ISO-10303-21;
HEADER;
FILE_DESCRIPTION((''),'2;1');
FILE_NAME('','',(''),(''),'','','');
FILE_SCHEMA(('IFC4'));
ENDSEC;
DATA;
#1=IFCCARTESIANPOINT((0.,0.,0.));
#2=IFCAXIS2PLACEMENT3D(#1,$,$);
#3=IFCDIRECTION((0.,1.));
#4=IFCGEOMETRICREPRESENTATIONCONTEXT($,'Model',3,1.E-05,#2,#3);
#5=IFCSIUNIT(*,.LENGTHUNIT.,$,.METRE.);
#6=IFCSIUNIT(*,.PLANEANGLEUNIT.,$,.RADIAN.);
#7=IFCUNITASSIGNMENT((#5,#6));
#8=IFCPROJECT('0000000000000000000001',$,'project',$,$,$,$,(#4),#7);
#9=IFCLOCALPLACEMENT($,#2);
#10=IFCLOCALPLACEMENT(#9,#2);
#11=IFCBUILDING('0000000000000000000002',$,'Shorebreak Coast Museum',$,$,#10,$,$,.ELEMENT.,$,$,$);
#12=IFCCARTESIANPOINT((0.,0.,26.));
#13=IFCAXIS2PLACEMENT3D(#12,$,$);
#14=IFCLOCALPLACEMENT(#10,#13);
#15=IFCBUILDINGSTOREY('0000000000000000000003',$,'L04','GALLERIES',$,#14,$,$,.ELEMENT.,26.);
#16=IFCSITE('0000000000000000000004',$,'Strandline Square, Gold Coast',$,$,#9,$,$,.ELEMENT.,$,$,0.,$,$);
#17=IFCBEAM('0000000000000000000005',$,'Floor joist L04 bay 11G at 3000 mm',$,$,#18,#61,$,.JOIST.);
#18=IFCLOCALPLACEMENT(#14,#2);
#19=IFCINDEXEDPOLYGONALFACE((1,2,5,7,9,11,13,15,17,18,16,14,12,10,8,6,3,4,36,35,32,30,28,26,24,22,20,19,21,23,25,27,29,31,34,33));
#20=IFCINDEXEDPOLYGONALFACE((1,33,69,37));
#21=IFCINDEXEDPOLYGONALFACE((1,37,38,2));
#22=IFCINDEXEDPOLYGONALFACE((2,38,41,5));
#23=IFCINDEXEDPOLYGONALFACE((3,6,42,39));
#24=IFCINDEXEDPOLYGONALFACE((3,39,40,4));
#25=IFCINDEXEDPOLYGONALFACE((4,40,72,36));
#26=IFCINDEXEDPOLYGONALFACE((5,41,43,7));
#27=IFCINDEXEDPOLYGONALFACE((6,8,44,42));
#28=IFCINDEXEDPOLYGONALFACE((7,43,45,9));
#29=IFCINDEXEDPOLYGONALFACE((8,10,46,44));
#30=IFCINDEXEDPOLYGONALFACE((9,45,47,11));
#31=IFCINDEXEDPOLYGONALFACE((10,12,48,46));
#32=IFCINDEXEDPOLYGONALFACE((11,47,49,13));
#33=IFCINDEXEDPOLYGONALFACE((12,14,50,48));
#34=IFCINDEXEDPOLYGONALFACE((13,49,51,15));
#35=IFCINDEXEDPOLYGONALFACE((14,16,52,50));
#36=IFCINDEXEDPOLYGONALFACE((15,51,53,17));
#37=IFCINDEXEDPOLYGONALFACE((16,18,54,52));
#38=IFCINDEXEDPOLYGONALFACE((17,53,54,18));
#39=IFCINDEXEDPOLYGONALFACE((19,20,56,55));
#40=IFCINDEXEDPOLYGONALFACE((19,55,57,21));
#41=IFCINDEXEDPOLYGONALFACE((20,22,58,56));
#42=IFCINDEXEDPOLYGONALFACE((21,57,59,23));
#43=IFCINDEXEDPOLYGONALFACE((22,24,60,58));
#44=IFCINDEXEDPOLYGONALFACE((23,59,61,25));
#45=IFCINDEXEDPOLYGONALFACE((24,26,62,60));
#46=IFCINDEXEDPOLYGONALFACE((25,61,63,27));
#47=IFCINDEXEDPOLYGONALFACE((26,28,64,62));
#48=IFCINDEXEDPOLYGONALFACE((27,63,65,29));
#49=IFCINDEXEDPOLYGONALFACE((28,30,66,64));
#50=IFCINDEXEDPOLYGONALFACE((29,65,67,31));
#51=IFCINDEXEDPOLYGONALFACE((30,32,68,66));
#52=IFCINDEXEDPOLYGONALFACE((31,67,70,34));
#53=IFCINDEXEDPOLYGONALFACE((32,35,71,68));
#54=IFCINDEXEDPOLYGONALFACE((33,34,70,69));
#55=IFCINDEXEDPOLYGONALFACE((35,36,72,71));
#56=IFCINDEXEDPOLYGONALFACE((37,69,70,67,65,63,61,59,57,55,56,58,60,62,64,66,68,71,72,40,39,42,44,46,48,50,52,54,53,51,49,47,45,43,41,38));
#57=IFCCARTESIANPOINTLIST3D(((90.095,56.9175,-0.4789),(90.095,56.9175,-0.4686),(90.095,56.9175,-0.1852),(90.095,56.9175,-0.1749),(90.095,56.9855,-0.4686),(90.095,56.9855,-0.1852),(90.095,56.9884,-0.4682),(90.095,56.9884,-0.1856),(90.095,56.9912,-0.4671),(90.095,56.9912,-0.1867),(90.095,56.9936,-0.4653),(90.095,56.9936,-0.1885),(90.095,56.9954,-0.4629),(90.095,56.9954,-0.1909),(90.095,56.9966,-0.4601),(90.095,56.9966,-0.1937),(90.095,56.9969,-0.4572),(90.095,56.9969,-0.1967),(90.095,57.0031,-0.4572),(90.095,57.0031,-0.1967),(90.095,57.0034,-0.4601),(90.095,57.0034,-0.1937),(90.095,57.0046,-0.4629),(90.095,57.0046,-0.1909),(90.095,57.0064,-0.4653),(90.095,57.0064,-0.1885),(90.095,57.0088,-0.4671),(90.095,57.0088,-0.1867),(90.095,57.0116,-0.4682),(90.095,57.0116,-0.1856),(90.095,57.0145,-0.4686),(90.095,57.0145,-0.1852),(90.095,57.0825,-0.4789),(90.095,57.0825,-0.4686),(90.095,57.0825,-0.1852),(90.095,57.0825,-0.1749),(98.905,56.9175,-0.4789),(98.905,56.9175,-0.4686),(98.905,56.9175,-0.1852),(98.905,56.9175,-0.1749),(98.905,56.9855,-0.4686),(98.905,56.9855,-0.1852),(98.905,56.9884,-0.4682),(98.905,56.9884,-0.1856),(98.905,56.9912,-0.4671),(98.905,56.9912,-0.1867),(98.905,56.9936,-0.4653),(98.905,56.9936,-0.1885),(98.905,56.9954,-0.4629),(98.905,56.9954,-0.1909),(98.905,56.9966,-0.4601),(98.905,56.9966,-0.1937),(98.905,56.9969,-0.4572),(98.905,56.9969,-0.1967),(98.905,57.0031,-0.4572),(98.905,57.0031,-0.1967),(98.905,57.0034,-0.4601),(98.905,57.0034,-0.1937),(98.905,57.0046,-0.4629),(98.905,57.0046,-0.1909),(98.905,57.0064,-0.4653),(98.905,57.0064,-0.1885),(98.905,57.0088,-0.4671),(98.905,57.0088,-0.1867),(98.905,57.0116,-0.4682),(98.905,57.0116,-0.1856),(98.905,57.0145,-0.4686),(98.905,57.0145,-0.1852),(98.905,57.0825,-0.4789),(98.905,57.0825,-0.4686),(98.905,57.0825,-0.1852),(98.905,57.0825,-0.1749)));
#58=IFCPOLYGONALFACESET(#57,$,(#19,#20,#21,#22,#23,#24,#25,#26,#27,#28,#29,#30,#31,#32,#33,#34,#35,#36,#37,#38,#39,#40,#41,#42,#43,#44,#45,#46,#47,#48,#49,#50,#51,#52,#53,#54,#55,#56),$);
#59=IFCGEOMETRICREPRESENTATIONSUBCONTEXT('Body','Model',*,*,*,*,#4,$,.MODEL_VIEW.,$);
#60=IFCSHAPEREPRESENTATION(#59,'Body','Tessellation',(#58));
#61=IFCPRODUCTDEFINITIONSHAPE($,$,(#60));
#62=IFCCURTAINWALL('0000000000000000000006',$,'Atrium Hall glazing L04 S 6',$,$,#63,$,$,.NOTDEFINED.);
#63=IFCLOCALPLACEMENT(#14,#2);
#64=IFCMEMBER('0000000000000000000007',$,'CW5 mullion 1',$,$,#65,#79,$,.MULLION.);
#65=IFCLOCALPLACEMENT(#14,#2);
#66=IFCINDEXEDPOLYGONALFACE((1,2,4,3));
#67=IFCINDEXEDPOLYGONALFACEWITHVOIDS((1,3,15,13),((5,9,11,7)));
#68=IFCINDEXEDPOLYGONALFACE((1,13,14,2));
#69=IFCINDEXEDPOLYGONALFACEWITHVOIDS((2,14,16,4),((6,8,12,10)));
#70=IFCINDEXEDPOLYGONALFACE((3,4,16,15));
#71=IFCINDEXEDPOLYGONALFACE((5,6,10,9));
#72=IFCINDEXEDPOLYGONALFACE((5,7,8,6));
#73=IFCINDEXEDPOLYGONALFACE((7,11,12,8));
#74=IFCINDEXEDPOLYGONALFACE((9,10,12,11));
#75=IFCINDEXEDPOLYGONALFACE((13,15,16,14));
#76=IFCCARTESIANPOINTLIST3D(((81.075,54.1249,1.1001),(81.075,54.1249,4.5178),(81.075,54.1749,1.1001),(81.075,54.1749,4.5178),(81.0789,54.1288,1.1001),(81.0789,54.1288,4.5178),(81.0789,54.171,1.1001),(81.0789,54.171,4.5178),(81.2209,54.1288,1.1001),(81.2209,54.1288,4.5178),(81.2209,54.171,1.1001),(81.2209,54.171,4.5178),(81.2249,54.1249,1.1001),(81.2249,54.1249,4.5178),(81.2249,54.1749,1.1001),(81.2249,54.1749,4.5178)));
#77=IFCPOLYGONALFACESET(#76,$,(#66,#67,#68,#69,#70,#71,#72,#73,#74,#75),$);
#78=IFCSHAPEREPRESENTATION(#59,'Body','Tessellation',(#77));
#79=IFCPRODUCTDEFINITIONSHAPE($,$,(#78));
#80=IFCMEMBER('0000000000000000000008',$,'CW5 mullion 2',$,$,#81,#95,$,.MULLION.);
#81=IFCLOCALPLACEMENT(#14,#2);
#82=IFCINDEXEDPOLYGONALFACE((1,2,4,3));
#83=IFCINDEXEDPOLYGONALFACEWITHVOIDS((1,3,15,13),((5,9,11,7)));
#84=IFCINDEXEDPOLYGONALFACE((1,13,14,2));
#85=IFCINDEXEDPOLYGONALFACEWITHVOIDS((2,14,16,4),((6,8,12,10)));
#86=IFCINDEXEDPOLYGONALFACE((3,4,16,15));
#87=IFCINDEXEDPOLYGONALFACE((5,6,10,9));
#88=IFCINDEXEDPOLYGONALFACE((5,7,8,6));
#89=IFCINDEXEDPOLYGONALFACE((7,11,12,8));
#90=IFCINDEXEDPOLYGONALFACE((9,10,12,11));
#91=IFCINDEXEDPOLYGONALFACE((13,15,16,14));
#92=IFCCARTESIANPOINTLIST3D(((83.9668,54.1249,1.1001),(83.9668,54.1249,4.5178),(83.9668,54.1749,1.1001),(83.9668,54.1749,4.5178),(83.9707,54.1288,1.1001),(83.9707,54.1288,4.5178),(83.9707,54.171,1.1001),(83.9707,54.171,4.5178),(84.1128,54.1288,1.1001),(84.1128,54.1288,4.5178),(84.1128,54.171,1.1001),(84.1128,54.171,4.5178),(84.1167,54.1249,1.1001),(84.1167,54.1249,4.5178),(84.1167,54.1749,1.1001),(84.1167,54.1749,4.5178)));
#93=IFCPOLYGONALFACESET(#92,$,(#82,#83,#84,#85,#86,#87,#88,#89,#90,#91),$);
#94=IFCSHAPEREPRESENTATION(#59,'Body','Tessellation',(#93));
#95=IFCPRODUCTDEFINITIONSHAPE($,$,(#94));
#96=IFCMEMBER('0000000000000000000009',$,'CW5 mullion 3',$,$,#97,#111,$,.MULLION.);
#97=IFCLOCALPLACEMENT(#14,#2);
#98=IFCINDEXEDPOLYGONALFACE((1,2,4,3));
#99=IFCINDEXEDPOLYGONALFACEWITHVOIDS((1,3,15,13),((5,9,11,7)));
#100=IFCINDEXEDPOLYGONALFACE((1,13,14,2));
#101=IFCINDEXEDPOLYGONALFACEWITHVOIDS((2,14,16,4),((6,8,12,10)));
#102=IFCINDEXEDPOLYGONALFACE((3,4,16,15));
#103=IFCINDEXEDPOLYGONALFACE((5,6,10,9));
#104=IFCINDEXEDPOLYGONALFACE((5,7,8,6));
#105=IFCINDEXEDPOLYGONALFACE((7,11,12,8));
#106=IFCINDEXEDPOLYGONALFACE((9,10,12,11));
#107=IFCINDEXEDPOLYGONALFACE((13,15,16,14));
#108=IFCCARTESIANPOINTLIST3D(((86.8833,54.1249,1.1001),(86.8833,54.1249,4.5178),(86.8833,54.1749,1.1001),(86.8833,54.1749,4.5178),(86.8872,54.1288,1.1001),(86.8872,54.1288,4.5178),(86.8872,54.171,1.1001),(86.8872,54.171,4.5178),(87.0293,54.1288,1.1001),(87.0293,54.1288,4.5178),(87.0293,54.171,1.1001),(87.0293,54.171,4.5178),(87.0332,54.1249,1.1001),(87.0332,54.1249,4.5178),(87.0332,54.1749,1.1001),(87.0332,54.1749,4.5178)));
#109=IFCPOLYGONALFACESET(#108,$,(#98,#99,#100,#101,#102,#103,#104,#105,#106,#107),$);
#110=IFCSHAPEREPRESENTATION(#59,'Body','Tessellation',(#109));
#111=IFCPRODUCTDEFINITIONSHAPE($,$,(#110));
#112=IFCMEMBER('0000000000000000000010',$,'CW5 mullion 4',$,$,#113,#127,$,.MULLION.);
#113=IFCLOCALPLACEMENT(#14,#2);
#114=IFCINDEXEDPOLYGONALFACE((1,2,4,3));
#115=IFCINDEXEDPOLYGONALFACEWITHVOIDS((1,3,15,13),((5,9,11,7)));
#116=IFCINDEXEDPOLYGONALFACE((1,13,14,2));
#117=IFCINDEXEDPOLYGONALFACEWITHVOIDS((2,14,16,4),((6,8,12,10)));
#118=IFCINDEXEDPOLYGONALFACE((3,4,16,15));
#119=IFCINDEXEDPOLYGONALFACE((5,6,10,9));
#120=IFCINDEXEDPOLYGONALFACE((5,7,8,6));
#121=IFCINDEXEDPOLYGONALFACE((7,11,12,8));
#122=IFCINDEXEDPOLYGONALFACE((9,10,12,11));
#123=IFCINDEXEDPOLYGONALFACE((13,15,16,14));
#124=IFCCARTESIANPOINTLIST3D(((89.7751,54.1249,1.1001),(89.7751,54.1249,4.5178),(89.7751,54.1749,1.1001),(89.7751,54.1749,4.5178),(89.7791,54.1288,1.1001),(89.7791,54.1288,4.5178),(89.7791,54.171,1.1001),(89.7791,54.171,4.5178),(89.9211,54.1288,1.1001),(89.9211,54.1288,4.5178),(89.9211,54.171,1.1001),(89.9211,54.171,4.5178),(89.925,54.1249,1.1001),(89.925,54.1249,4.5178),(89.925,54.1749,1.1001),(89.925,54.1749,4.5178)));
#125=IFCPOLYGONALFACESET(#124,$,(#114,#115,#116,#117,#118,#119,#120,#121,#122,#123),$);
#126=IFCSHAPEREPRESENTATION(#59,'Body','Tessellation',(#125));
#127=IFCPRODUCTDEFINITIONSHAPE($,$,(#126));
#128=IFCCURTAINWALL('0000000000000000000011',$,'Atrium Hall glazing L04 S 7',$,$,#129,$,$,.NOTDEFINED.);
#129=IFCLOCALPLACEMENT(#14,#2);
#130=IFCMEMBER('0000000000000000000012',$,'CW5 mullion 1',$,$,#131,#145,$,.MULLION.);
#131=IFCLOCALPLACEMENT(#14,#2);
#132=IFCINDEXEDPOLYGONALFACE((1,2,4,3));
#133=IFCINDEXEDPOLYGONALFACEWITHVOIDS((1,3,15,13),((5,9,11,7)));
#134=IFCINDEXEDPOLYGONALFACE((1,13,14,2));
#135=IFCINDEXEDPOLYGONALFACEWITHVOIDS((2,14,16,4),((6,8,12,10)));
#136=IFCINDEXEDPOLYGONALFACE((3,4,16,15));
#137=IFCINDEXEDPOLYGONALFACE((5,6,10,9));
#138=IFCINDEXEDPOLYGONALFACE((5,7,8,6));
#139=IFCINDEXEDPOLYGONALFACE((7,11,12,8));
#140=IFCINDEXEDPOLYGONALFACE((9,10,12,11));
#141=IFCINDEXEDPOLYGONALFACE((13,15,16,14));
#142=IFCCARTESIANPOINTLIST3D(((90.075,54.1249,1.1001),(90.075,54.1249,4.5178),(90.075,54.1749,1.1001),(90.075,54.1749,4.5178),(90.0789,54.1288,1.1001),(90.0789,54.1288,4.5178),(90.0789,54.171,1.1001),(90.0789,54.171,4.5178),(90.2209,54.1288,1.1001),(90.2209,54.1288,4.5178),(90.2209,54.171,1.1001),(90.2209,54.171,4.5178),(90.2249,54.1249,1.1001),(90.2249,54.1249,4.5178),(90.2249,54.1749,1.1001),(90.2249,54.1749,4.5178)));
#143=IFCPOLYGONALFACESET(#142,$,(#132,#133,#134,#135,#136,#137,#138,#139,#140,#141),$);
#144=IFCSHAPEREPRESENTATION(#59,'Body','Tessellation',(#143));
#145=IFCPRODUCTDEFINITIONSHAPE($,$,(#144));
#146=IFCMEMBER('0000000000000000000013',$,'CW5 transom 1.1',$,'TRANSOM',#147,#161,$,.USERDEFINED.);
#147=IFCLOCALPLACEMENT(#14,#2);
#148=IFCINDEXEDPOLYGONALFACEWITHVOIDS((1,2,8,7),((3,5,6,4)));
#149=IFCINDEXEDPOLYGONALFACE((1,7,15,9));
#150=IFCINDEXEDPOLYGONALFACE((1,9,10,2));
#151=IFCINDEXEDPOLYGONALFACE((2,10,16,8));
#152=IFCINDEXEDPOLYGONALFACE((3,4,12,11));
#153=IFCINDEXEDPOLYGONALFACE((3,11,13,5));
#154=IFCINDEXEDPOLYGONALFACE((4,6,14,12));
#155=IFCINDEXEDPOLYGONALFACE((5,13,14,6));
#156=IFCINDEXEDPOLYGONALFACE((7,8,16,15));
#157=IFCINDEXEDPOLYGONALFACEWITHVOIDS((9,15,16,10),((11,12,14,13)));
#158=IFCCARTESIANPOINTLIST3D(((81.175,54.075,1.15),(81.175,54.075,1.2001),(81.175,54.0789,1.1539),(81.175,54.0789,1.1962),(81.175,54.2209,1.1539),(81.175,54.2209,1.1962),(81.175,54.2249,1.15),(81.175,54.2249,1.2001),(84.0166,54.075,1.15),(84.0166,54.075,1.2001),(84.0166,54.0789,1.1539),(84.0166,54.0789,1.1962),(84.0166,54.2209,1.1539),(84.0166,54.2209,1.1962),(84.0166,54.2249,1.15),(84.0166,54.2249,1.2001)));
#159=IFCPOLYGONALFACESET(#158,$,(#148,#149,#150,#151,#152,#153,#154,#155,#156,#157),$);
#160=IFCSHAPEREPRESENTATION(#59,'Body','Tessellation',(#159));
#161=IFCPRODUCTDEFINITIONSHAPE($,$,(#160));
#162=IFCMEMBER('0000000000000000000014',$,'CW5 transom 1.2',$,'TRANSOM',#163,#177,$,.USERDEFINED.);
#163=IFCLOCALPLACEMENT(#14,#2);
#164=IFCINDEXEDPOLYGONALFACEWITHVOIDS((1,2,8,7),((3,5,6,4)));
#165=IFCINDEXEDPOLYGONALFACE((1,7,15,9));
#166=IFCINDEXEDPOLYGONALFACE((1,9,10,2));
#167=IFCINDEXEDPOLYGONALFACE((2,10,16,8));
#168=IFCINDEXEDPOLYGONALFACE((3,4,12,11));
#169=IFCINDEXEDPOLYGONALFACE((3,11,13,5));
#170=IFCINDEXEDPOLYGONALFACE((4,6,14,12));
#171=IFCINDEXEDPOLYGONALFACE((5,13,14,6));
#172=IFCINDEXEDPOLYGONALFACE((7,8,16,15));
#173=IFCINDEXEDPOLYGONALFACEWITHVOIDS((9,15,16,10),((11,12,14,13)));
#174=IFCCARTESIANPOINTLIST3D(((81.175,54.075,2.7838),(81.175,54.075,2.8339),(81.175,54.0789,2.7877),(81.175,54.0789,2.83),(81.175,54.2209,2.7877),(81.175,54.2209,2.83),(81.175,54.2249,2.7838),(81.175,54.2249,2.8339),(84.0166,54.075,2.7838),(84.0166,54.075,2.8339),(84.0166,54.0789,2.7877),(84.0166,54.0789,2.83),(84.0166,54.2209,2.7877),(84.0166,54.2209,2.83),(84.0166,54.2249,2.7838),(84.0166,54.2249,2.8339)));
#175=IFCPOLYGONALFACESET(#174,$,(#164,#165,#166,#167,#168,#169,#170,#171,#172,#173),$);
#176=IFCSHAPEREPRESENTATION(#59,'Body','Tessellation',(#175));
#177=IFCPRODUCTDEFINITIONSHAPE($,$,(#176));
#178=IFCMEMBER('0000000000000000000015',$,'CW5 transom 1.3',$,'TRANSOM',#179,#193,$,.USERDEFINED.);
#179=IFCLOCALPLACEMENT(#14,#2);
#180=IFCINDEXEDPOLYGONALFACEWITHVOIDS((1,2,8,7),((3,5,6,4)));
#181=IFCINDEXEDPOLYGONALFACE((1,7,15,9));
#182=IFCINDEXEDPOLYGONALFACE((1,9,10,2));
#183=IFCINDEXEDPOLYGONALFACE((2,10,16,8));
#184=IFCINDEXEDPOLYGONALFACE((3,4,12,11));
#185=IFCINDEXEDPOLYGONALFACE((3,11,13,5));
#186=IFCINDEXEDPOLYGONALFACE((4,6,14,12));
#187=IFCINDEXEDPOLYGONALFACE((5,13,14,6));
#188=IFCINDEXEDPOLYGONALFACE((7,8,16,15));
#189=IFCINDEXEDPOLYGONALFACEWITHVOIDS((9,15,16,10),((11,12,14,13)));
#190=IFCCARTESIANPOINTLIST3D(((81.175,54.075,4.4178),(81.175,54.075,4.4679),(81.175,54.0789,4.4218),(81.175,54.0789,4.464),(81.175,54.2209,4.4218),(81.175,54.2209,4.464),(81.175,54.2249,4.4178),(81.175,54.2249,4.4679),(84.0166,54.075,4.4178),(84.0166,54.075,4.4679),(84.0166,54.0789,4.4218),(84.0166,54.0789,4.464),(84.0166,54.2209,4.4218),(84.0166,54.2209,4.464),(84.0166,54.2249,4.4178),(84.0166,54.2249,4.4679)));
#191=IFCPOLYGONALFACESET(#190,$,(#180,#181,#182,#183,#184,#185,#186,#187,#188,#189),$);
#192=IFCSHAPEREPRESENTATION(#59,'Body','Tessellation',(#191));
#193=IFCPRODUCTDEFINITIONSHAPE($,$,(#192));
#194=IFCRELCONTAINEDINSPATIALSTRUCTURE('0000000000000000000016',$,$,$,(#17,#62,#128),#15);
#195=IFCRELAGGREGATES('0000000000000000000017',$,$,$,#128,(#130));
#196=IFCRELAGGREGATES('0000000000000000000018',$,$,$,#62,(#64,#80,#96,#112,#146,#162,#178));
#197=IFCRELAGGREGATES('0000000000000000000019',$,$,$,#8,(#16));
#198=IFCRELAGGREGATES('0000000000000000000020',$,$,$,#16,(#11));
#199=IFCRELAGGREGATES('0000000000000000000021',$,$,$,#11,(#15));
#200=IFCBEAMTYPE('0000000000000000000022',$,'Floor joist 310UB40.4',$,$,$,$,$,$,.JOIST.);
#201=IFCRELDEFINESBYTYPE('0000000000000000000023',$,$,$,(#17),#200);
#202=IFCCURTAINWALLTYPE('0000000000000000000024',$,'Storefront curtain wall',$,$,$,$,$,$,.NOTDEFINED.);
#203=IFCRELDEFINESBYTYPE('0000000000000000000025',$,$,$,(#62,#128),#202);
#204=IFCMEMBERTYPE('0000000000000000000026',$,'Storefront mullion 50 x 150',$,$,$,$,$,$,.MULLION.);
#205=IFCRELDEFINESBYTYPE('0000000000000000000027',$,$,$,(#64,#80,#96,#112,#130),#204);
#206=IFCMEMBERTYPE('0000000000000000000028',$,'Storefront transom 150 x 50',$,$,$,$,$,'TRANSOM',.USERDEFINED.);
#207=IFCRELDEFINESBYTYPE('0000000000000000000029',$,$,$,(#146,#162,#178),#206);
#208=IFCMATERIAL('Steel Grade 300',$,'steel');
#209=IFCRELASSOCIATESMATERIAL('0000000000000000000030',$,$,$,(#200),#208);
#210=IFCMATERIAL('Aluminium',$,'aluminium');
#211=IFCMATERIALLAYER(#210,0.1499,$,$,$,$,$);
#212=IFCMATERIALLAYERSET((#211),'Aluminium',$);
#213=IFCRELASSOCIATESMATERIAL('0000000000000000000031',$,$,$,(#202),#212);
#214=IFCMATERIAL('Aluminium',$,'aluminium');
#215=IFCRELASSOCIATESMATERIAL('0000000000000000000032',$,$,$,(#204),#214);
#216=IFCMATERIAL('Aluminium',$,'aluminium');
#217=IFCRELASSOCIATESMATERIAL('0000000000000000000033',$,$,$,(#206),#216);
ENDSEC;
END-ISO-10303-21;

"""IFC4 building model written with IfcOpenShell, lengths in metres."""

from ifc_helpers import new_model, si_unit, direction, frame, origin, origin_2d, place, context, subcontext, project, spatial, hollow_rectangle, i_section, extrude, material, layer, layer_set, material_profile, profile_set, type_object, element, aggregate, save


model = new_model("IFC4")

# Units and contexts
model_context = context("Model", 3, precision=1e-05, world=origin(), true_north=direction((0.0, 1.0)))
body_context = subcontext(model_context, "Body", "Model", "MODEL_VIEW")
ifc_project = project(units=[si_unit("LENGTHUNIT", "METRE"), si_unit("PLANEANGLEUNIT", "RADIAN")], contexts=[model_context])

# Site, building, storey
site_placement = place(None, origin())
site = spatial("IfcSite", under=ifc_project, at=site_placement, Name="Strandline Square, Gold Coast", CompositionType="ELEMENT", RefElevation=0.0)
building_placement = place(site_placement, origin())
building = spatial("IfcBuilding", under=site, at=building_placement, Name="Shorebreak Coast Museum", CompositionType="ELEMENT")
storey_placement = place(building_placement, frame((0.0, 0.0, 26.0)))
storey = spatial("IfcBuildingStorey", under=building, at=storey_placement, Name="L04", Description="GALLERIES", CompositionType="ELEMENT", Elevation=26.0)

# Beam
ifc_material_1 = material(Name="Steel Grade 300", Category="steel")
ifc_material_profile_1 = material_profile(ifc_material_1, i_section(OverallWidth=0.165, OverallDepth=0.304, WebThickness=0.0061, FlangeThickness=0.0103, FilletRadius=0.0115, at=origin_2d()), Name="310UB40.4")
ifc_profile_set_1 = profile_set([ifc_material_profile_1], Name="Steel Grade 300")
beam_type_1 = type_object("IfcBeamType", Name="Floor joist 310UB40.4", PredefinedType="JOIST", material=ifc_profile_set_1)
beam_1_placement = place(storey_placement, frame((90.095, 57.0, -0.3269), z_axis=(1.0, 0.0, 0.0), x_axis=(0.0, 1.0, 0.0)))
element("IfcBeam", 1, at=beam_1_placement, inside=storey, type_object=beam_type_1, Name="Floor joist L04 bay 11G at 3000 mm", PredefinedType="JOIST", context=body_context, shape_type="SweptSolid", body=[
    extrude(i_section(OverallWidth=0.165, OverallDepth=0.304, WebThickness=0.0061, FlangeThickness=0.0103, FilletRadius=0.0115, at=origin_2d()), origin(), (0.0, 0.0, 1.0), 8.8101),
])

# Curtain wall, members
ifc_material_2 = material(Name="Aluminium", Category="aluminium")
ifc_layer_1 = layer(ifc_material_2, 0.1499)
ifc_layer_set_1 = layer_set([ifc_layer_1], Name="Aluminium")
curtain_wall_type = type_object("IfcCurtainWallType", Name="Storefront curtain wall", PredefinedType="NOTDEFINED", material=ifc_layer_set_1)
curtain_wall_1_placement = place(storey_placement, origin())
curtain_wall_1 = element("IfcCurtainWall", 2, at=curtain_wall_1_placement, inside=storey, type_object=curtain_wall_type, Name="Atrium Hall glazing L04 S 6", PredefinedType="NOTDEFINED")
ifc_material_3 = material(Name="Aluminium", Category="aluminium")
ifc_material_profile_2 = material_profile(ifc_material_3, hollow_rectangle(XDim=0.05, YDim=0.1499, WallThickness=0.0039, at=origin_2d()), Name="AL 150x50 RHS")
ifc_profile_set_2 = profile_set([ifc_material_profile_2], Name="Aluminium")
member_type_1 = type_object("IfcMemberType", Name="Storefront mullion 50 x 150", PredefinedType="MULLION", material=ifc_profile_set_2)
member_1_placement = place(storey_placement, frame((81.1499, 54.1499, 1.1001), z_axis=(0.0, 0.0, 1.0), x_axis=(0.0, 1.0, 0.0)))
member_1 = element("IfcMember", 3, at=member_1_placement, type_object=member_type_1, Name="CW5 mullion 1", PredefinedType="MULLION", context=body_context, shape_type="SweptSolid", body=[
    extrude(hollow_rectangle(XDim=0.05, YDim=0.1499, WallThickness=0.0039, at=origin_2d()), origin(), (0.0, 0.0, 1.0), 3.4177),
])
member_2_placement = place(storey_placement, frame((84.0417, 54.1499, 1.1001), z_axis=(0.0, 0.0, 1.0), x_axis=(0.0, 1.0, 0.0)))
member_2 = element("IfcMember", 4, at=member_2_placement, type_object=member_type_1, Name="CW5 mullion 2", PredefinedType="MULLION", context=body_context, shape_type="SweptSolid", body=[
    extrude(hollow_rectangle(XDim=0.05, YDim=0.1499, WallThickness=0.0039, at=origin_2d()), origin(), (0.0, 0.0, 1.0), 3.4177),
])
member_3_placement = place(storey_placement, frame((86.9583, 54.1499, 1.1001), z_axis=(0.0, 0.0, 1.0), x_axis=(0.0, 1.0, 0.0)))
member_3 = element("IfcMember", 5, at=member_3_placement, type_object=member_type_1, Name="CW5 mullion 3", PredefinedType="MULLION", context=body_context, shape_type="SweptSolid", body=[
    extrude(hollow_rectangle(XDim=0.05, YDim=0.1499, WallThickness=0.0039, at=origin_2d()), origin(), (0.0, 0.0, 1.0), 3.4177),
])
member_4_placement = place(storey_placement, frame((89.8501, 54.1499, 1.1001), z_axis=(0.0, 0.0, 1.0), x_axis=(0.0, 1.0, 0.0)))
member_4 = element("IfcMember", 6, at=member_4_placement, type_object=member_type_1, Name="CW5 mullion 4", PredefinedType="MULLION", context=body_context, shape_type="SweptSolid", body=[
    extrude(hollow_rectangle(XDim=0.05, YDim=0.1499, WallThickness=0.0039, at=origin_2d()), origin(), (0.0, 0.0, 1.0), 3.4177),
])

# Curtain wall, member
curtain_wall_2_placement = place(storey_placement, origin())
curtain_wall_2 = element("IfcCurtainWall", 7, at=curtain_wall_2_placement, inside=storey, type_object=curtain_wall_type, Name="Atrium Hall glazing L04 S 7", PredefinedType="NOTDEFINED")
member_5_placement = place(storey_placement, frame((90.1499, 54.1499, 1.1001), z_axis=(0.0, 0.0, 1.0), x_axis=(0.0, 1.0, 0.0)))
member_5 = element("IfcMember", 8, at=member_5_placement, type_object=member_type_1, Name="CW5 mullion 1", PredefinedType="MULLION", context=body_context, shape_type="SweptSolid", body=[
    extrude(hollow_rectangle(XDim=0.05, YDim=0.1499, WallThickness=0.0039, at=origin_2d()), origin(), (0.0, 0.0, 1.0), 3.4177),
])

# Members
ifc_material_4 = material(Name="Aluminium", Category="aluminium")
ifc_material_profile_3 = material_profile(ifc_material_4, hollow_rectangle(XDim=0.1499, YDim=0.05, WallThickness=0.0039, at=origin_2d()), Name="AL 50x150 RHS")
ifc_profile_set_3 = profile_set([ifc_material_profile_3], Name="Aluminium")
member_type_2 = type_object("IfcMemberType", Name="Storefront transom 150 x 50", ElementType="TRANSOM", PredefinedType="USERDEFINED", material=ifc_profile_set_3)
member_6_placement = place(storey_placement, frame((81.175, 54.1499, 1.175), z_axis=(1.0, 0.0, 0.0), x_axis=(0.0, 1.0, 0.0)))
member_6 = element("IfcMember", 9, at=member_6_placement, type_object=member_type_2, Name="CW5 transom 1.1", ObjectType="TRANSOM", PredefinedType="USERDEFINED", context=body_context, shape_type="SweptSolid", body=[
    extrude(hollow_rectangle(XDim=0.1499, YDim=0.05, WallThickness=0.0039, at=origin_2d()), origin(), (0.0, 0.0, 1.0), 2.8416),
])
member_7_placement = place(storey_placement, frame((81.175, 54.1499, 2.8088), z_axis=(1.0, 0.0, 0.0), x_axis=(0.0, 1.0, 0.0)))
member_7 = element("IfcMember", 10, at=member_7_placement, type_object=member_type_2, Name="CW5 transom 1.2", ObjectType="TRANSOM", PredefinedType="USERDEFINED", context=body_context, shape_type="SweptSolid", body=[
    extrude(hollow_rectangle(XDim=0.1499, YDim=0.05, WallThickness=0.0039, at=origin_2d()), origin(), (0.0, 0.0, 1.0), 2.8416),
])
member_8_placement = place(storey_placement, frame((81.175, 54.1499, 4.4429), z_axis=(1.0, 0.0, 0.0), x_axis=(0.0, 1.0, 0.0)))
member_8 = element("IfcMember", 11, at=member_8_placement, type_object=member_type_2, Name="CW5 transom 1.3", ObjectType="TRANSOM", PredefinedType="USERDEFINED", context=body_context, shape_type="SweptSolid", body=[
    extrude(hollow_rectangle(XDim=0.1499, YDim=0.05, WallThickness=0.0039, at=origin_2d()), origin(), (0.0, 0.0, 1.0), 2.8416),
])
aggregate(curtain_wall_2, [member_5])

aggregate(curtain_wall_1, [member_1, member_2, member_3, member_4, member_6, member_7, member_8])

save(model, "model.ifc")
